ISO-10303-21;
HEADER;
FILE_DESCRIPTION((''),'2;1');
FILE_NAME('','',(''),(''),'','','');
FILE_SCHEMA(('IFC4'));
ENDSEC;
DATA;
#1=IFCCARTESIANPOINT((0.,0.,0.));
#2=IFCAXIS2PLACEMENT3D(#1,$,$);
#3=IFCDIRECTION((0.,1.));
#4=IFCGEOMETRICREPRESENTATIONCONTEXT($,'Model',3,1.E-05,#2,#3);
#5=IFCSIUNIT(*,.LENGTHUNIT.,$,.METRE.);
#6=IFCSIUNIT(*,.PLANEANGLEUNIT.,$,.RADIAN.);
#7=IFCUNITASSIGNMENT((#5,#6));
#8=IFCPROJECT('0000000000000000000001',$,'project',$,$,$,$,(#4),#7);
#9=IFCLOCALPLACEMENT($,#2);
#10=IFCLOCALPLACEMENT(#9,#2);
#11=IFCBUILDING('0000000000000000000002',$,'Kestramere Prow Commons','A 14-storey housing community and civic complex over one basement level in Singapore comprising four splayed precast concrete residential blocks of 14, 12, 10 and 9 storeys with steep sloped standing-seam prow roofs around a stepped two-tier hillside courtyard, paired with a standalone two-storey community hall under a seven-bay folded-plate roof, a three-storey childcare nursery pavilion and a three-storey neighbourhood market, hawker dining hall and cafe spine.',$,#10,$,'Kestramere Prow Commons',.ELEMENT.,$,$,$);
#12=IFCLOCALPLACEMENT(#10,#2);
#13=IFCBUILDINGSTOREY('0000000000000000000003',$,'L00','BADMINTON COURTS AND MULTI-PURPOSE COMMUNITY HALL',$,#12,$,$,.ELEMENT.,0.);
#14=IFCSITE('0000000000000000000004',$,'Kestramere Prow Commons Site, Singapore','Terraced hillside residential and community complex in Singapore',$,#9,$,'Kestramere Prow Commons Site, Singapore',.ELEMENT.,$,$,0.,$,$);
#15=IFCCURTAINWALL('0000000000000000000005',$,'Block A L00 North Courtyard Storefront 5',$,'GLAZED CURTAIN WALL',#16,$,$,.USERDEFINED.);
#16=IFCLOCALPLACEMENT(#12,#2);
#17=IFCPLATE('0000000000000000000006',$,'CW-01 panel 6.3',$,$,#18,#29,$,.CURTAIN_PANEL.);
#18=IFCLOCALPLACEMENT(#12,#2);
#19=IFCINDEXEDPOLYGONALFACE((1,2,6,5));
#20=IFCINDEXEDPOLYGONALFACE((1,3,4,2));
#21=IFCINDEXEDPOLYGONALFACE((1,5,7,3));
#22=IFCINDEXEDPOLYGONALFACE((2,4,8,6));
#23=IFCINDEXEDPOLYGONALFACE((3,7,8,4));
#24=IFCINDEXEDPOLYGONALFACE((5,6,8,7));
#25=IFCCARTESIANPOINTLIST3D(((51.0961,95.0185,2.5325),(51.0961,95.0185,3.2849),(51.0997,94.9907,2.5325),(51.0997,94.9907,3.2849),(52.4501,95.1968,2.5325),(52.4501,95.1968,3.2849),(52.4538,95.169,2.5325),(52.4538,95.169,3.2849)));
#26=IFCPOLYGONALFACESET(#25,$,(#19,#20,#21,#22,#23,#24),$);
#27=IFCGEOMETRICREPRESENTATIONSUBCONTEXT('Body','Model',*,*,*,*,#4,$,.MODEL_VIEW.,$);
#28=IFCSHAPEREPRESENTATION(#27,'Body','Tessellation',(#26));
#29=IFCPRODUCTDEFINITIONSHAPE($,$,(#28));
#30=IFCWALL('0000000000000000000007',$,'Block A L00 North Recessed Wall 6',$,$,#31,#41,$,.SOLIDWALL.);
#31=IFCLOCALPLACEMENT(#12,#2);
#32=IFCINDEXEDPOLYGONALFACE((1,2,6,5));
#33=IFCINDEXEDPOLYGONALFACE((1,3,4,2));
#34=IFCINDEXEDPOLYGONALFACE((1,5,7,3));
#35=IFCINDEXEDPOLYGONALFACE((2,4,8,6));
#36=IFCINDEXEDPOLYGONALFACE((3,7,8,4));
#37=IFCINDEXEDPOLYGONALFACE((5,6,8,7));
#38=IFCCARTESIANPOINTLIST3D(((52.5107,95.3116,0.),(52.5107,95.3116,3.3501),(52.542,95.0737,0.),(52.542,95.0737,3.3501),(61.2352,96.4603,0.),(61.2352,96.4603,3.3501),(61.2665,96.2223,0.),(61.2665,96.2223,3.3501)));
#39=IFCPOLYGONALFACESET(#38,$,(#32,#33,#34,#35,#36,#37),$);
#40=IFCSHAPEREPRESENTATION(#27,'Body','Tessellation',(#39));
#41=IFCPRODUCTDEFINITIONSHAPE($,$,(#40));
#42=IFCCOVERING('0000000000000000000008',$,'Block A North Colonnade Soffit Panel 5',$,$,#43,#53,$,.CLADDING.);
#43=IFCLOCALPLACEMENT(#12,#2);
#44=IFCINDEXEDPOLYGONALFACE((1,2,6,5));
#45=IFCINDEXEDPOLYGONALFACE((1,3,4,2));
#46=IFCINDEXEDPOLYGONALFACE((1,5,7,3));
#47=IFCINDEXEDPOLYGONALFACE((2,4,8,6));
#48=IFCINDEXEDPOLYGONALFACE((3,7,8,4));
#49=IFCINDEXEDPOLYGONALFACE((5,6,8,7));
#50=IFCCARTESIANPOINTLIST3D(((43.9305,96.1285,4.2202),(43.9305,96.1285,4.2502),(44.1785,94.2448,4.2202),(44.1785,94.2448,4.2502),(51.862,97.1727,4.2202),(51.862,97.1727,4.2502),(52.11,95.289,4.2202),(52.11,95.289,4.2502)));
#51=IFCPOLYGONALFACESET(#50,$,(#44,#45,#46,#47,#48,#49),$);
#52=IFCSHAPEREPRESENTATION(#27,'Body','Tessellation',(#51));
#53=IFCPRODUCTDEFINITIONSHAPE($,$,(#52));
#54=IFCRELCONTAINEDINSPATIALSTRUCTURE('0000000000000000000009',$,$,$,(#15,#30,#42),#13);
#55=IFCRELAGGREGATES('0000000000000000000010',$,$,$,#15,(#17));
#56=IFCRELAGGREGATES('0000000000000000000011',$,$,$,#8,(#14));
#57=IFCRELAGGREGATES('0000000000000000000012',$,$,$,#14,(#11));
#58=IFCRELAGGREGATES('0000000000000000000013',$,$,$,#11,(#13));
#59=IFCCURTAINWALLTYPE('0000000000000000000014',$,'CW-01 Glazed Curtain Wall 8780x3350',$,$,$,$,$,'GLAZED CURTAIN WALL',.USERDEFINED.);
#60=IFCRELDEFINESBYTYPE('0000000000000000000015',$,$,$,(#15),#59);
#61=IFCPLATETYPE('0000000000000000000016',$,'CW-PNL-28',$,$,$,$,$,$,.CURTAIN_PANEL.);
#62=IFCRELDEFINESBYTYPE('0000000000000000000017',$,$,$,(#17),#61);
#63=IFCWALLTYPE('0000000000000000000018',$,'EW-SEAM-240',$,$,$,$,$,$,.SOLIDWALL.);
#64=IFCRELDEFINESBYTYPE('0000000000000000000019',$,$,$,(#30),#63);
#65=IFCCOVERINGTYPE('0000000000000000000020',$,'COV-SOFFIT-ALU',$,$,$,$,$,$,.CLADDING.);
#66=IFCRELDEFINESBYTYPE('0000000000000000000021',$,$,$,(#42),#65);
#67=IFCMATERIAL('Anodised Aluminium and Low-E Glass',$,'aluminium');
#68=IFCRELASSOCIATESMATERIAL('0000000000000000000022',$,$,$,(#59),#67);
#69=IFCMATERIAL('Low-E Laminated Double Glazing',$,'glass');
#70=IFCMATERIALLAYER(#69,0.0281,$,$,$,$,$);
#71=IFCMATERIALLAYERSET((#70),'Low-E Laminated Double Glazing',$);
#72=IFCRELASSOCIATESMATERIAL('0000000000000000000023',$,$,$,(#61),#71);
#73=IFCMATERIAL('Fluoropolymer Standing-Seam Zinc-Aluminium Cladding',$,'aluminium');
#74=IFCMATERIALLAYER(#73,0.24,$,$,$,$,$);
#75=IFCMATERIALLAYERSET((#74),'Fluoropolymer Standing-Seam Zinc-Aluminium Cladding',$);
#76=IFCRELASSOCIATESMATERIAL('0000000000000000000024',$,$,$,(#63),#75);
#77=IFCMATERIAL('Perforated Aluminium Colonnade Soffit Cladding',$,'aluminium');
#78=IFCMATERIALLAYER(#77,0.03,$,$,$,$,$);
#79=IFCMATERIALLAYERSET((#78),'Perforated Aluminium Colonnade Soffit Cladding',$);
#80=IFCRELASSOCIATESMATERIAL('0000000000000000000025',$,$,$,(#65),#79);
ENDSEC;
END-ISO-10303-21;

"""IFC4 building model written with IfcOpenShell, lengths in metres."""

from ifc_helpers import new_model, si_unit, direction, frame, frame_2d, origin, origin_2d, place, context, subcontext, project, spatial, rectangle, extrude, material, layer, layer_set, type_object, element, aggregate, save


model = new_model("IFC4")

# Units and contexts
model_context = context("Model", 3, precision=1e-05, world=origin(), true_north=direction((0.0, 1.0)))
body_context = subcontext(model_context, "Body", "Model", "MODEL_VIEW")
ifc_project = project(units=[si_unit("LENGTHUNIT", "METRE"), si_unit("PLANEANGLEUNIT", "RADIAN")], contexts=[model_context])

# Site, building, storey
site_placement = place(None, origin())
site = spatial("IfcSite", under=ifc_project, at=site_placement, Name="Kestramere Prow Commons Site, Singapore", Description="Terraced hillside residential and community complex in Singapore", LongName="Kestramere Prow Commons Site, Singapore", CompositionType="ELEMENT", RefElevation=0.0)
building_placement = place(site_placement, origin())
building = spatial("IfcBuilding", under=site, at=building_placement, Name="Kestramere Prow Commons", Description="A 14-storey housing community and civic complex over one basement level in Singapore comprising four splayed precast concrete residential blocks of 14, 12, 10 and 9 storeys with steep sloped standing-seam prow roofs around a stepped two-tier hillside courtyard, paired with a standalone two-storey community hall under a seven-bay folded-plate roof, a three-storey childcare nursery pavilion and a three-storey neighbourhood market, hawker dining hall and cafe spine.", LongName="Kestramere Prow Commons", CompositionType="ELEMENT")
storey_placement = place(building_placement, origin())
storey = spatial("IfcBuildingStorey", under=building, at=storey_placement, Name="L00", Description="BADMINTON COURTS AND MULTI-PURPOSE COMMUNITY HALL", CompositionType="ELEMENT", Elevation=0.0)

# Curtain wall
ifc_material_1 = material(Name="Anodised Aluminium and Low-E Glass", Category="aluminium")
curtain_wall_type = type_object("IfcCurtainWallType", Name="CW-01 Glazed Curtain Wall 8780x3350", ElementType="GLAZED CURTAIN WALL", PredefinedType="USERDEFINED", material=ifc_material_1)
curtain_wall_placement = place(storey_placement, origin())
curtain_wall = element("IfcCurtainWall", 1, at=curtain_wall_placement, inside=storey, type_object=curtain_wall_type, Name="Block A L00 North Courtyard Storefront 5", ObjectType="GLAZED CURTAIN WALL", PredefinedType="USERDEFINED")

# Plate
ifc_material_2 = material(Name="Low-E Laminated Double Glazing", Category="glass")
ifc_layer_1 = layer(ifc_material_2, 0.0281)
ifc_layer_set_1 = layer_set([ifc_layer_1], Name="Low-E Laminated Double Glazing")
plate_type = type_object("IfcPlateType", Name="CW-PNL-28", PredefinedType="CURTAIN_PANEL", material=ifc_layer_set_1)
plate_1_placement = place(storey_placement, frame((51.7749, 95.0938, 2.5325), z_axis=(0.0, 0.0, 1.0), x_axis=(0.991445, 0.130526, 0.0)))
plate_1 = element("IfcPlate", 2, at=plate_1_placement, type_object=plate_type, Name="CW-01 panel 6.3", PredefinedType="CURTAIN_PANEL", context=body_context, shape_type="SweptSolid", body=[
    extrude(rectangle(XDim=1.3657, YDim=0.0281, at=origin_2d()), origin(), (0.0, 0.0, 1.0), 0.7524),
])
aggregate(curtain_wall, [plate_1])

# Wall
ifc_material_3 = material(Name="Fluoropolymer Standing-Seam Zinc-Aluminium Cladding", Category="aluminium")
ifc_layer_2 = layer(ifc_material_3, 0.24)
ifc_layer_set_2 = layer_set([ifc_layer_2], Name="Fluoropolymer Standing-Seam Zinc-Aluminium Cladding")
wall_type = type_object("IfcWallType", Name="EW-SEAM-240", PredefinedType="SOLIDWALL", material=ifc_layer_set_2)
wall_placement = place(storey_placement, frame((52.5264, 95.1926, 0.0), z_axis=(0.0, 0.0, 1.0), x_axis=(0.991444, 0.130533, 0.0)))
element("IfcWall", 3, at=wall_placement, inside=storey, type_object=wall_type, Name="Block A L00 North Recessed Wall 6", PredefinedType="SOLIDWALL", context=body_context, shape_type="SweptSolid", body=[
    extrude(rectangle(XDim=8.7998, YDim=0.24, at=frame_2d((4.3999, 0.0))), origin(), (0.0, 0.0, 1.0), 3.3501),
])

# Covering
ifc_material_4 = material(Name="Perforated Aluminium Colonnade Soffit Cladding", Category="aluminium")
ifc_layer_3 = layer(ifc_material_4, 0.03)
ifc_layer_set_3 = layer_set([ifc_layer_3], Name="Perforated Aluminium Colonnade Soffit Cladding")
covering_type = type_object("IfcCoveringType", Name="COV-SOFFIT-ALU", PredefinedType="CLADDING", material=ifc_layer_set_3)
covering_placement = place(storey_placement, frame((48.0203, 95.7087, 4.2202), z_axis=(0.0, 0.0, 1.0), x_axis=(0.991445, 0.130526, 0.0)))
element("IfcCovering", 4, at=covering_placement, inside=storey, type_object=covering_type, Name="Block A North Colonnade Soffit Panel 5", PredefinedType="CLADDING", context=body_context, shape_type="SweptSolid", body=[
    extrude(rectangle(XDim=8.0, YDim=1.8999, at=origin_2d()), origin(), (0.0, 0.0, 1.0), 0.03),
])

save(model, "model.ifc")
